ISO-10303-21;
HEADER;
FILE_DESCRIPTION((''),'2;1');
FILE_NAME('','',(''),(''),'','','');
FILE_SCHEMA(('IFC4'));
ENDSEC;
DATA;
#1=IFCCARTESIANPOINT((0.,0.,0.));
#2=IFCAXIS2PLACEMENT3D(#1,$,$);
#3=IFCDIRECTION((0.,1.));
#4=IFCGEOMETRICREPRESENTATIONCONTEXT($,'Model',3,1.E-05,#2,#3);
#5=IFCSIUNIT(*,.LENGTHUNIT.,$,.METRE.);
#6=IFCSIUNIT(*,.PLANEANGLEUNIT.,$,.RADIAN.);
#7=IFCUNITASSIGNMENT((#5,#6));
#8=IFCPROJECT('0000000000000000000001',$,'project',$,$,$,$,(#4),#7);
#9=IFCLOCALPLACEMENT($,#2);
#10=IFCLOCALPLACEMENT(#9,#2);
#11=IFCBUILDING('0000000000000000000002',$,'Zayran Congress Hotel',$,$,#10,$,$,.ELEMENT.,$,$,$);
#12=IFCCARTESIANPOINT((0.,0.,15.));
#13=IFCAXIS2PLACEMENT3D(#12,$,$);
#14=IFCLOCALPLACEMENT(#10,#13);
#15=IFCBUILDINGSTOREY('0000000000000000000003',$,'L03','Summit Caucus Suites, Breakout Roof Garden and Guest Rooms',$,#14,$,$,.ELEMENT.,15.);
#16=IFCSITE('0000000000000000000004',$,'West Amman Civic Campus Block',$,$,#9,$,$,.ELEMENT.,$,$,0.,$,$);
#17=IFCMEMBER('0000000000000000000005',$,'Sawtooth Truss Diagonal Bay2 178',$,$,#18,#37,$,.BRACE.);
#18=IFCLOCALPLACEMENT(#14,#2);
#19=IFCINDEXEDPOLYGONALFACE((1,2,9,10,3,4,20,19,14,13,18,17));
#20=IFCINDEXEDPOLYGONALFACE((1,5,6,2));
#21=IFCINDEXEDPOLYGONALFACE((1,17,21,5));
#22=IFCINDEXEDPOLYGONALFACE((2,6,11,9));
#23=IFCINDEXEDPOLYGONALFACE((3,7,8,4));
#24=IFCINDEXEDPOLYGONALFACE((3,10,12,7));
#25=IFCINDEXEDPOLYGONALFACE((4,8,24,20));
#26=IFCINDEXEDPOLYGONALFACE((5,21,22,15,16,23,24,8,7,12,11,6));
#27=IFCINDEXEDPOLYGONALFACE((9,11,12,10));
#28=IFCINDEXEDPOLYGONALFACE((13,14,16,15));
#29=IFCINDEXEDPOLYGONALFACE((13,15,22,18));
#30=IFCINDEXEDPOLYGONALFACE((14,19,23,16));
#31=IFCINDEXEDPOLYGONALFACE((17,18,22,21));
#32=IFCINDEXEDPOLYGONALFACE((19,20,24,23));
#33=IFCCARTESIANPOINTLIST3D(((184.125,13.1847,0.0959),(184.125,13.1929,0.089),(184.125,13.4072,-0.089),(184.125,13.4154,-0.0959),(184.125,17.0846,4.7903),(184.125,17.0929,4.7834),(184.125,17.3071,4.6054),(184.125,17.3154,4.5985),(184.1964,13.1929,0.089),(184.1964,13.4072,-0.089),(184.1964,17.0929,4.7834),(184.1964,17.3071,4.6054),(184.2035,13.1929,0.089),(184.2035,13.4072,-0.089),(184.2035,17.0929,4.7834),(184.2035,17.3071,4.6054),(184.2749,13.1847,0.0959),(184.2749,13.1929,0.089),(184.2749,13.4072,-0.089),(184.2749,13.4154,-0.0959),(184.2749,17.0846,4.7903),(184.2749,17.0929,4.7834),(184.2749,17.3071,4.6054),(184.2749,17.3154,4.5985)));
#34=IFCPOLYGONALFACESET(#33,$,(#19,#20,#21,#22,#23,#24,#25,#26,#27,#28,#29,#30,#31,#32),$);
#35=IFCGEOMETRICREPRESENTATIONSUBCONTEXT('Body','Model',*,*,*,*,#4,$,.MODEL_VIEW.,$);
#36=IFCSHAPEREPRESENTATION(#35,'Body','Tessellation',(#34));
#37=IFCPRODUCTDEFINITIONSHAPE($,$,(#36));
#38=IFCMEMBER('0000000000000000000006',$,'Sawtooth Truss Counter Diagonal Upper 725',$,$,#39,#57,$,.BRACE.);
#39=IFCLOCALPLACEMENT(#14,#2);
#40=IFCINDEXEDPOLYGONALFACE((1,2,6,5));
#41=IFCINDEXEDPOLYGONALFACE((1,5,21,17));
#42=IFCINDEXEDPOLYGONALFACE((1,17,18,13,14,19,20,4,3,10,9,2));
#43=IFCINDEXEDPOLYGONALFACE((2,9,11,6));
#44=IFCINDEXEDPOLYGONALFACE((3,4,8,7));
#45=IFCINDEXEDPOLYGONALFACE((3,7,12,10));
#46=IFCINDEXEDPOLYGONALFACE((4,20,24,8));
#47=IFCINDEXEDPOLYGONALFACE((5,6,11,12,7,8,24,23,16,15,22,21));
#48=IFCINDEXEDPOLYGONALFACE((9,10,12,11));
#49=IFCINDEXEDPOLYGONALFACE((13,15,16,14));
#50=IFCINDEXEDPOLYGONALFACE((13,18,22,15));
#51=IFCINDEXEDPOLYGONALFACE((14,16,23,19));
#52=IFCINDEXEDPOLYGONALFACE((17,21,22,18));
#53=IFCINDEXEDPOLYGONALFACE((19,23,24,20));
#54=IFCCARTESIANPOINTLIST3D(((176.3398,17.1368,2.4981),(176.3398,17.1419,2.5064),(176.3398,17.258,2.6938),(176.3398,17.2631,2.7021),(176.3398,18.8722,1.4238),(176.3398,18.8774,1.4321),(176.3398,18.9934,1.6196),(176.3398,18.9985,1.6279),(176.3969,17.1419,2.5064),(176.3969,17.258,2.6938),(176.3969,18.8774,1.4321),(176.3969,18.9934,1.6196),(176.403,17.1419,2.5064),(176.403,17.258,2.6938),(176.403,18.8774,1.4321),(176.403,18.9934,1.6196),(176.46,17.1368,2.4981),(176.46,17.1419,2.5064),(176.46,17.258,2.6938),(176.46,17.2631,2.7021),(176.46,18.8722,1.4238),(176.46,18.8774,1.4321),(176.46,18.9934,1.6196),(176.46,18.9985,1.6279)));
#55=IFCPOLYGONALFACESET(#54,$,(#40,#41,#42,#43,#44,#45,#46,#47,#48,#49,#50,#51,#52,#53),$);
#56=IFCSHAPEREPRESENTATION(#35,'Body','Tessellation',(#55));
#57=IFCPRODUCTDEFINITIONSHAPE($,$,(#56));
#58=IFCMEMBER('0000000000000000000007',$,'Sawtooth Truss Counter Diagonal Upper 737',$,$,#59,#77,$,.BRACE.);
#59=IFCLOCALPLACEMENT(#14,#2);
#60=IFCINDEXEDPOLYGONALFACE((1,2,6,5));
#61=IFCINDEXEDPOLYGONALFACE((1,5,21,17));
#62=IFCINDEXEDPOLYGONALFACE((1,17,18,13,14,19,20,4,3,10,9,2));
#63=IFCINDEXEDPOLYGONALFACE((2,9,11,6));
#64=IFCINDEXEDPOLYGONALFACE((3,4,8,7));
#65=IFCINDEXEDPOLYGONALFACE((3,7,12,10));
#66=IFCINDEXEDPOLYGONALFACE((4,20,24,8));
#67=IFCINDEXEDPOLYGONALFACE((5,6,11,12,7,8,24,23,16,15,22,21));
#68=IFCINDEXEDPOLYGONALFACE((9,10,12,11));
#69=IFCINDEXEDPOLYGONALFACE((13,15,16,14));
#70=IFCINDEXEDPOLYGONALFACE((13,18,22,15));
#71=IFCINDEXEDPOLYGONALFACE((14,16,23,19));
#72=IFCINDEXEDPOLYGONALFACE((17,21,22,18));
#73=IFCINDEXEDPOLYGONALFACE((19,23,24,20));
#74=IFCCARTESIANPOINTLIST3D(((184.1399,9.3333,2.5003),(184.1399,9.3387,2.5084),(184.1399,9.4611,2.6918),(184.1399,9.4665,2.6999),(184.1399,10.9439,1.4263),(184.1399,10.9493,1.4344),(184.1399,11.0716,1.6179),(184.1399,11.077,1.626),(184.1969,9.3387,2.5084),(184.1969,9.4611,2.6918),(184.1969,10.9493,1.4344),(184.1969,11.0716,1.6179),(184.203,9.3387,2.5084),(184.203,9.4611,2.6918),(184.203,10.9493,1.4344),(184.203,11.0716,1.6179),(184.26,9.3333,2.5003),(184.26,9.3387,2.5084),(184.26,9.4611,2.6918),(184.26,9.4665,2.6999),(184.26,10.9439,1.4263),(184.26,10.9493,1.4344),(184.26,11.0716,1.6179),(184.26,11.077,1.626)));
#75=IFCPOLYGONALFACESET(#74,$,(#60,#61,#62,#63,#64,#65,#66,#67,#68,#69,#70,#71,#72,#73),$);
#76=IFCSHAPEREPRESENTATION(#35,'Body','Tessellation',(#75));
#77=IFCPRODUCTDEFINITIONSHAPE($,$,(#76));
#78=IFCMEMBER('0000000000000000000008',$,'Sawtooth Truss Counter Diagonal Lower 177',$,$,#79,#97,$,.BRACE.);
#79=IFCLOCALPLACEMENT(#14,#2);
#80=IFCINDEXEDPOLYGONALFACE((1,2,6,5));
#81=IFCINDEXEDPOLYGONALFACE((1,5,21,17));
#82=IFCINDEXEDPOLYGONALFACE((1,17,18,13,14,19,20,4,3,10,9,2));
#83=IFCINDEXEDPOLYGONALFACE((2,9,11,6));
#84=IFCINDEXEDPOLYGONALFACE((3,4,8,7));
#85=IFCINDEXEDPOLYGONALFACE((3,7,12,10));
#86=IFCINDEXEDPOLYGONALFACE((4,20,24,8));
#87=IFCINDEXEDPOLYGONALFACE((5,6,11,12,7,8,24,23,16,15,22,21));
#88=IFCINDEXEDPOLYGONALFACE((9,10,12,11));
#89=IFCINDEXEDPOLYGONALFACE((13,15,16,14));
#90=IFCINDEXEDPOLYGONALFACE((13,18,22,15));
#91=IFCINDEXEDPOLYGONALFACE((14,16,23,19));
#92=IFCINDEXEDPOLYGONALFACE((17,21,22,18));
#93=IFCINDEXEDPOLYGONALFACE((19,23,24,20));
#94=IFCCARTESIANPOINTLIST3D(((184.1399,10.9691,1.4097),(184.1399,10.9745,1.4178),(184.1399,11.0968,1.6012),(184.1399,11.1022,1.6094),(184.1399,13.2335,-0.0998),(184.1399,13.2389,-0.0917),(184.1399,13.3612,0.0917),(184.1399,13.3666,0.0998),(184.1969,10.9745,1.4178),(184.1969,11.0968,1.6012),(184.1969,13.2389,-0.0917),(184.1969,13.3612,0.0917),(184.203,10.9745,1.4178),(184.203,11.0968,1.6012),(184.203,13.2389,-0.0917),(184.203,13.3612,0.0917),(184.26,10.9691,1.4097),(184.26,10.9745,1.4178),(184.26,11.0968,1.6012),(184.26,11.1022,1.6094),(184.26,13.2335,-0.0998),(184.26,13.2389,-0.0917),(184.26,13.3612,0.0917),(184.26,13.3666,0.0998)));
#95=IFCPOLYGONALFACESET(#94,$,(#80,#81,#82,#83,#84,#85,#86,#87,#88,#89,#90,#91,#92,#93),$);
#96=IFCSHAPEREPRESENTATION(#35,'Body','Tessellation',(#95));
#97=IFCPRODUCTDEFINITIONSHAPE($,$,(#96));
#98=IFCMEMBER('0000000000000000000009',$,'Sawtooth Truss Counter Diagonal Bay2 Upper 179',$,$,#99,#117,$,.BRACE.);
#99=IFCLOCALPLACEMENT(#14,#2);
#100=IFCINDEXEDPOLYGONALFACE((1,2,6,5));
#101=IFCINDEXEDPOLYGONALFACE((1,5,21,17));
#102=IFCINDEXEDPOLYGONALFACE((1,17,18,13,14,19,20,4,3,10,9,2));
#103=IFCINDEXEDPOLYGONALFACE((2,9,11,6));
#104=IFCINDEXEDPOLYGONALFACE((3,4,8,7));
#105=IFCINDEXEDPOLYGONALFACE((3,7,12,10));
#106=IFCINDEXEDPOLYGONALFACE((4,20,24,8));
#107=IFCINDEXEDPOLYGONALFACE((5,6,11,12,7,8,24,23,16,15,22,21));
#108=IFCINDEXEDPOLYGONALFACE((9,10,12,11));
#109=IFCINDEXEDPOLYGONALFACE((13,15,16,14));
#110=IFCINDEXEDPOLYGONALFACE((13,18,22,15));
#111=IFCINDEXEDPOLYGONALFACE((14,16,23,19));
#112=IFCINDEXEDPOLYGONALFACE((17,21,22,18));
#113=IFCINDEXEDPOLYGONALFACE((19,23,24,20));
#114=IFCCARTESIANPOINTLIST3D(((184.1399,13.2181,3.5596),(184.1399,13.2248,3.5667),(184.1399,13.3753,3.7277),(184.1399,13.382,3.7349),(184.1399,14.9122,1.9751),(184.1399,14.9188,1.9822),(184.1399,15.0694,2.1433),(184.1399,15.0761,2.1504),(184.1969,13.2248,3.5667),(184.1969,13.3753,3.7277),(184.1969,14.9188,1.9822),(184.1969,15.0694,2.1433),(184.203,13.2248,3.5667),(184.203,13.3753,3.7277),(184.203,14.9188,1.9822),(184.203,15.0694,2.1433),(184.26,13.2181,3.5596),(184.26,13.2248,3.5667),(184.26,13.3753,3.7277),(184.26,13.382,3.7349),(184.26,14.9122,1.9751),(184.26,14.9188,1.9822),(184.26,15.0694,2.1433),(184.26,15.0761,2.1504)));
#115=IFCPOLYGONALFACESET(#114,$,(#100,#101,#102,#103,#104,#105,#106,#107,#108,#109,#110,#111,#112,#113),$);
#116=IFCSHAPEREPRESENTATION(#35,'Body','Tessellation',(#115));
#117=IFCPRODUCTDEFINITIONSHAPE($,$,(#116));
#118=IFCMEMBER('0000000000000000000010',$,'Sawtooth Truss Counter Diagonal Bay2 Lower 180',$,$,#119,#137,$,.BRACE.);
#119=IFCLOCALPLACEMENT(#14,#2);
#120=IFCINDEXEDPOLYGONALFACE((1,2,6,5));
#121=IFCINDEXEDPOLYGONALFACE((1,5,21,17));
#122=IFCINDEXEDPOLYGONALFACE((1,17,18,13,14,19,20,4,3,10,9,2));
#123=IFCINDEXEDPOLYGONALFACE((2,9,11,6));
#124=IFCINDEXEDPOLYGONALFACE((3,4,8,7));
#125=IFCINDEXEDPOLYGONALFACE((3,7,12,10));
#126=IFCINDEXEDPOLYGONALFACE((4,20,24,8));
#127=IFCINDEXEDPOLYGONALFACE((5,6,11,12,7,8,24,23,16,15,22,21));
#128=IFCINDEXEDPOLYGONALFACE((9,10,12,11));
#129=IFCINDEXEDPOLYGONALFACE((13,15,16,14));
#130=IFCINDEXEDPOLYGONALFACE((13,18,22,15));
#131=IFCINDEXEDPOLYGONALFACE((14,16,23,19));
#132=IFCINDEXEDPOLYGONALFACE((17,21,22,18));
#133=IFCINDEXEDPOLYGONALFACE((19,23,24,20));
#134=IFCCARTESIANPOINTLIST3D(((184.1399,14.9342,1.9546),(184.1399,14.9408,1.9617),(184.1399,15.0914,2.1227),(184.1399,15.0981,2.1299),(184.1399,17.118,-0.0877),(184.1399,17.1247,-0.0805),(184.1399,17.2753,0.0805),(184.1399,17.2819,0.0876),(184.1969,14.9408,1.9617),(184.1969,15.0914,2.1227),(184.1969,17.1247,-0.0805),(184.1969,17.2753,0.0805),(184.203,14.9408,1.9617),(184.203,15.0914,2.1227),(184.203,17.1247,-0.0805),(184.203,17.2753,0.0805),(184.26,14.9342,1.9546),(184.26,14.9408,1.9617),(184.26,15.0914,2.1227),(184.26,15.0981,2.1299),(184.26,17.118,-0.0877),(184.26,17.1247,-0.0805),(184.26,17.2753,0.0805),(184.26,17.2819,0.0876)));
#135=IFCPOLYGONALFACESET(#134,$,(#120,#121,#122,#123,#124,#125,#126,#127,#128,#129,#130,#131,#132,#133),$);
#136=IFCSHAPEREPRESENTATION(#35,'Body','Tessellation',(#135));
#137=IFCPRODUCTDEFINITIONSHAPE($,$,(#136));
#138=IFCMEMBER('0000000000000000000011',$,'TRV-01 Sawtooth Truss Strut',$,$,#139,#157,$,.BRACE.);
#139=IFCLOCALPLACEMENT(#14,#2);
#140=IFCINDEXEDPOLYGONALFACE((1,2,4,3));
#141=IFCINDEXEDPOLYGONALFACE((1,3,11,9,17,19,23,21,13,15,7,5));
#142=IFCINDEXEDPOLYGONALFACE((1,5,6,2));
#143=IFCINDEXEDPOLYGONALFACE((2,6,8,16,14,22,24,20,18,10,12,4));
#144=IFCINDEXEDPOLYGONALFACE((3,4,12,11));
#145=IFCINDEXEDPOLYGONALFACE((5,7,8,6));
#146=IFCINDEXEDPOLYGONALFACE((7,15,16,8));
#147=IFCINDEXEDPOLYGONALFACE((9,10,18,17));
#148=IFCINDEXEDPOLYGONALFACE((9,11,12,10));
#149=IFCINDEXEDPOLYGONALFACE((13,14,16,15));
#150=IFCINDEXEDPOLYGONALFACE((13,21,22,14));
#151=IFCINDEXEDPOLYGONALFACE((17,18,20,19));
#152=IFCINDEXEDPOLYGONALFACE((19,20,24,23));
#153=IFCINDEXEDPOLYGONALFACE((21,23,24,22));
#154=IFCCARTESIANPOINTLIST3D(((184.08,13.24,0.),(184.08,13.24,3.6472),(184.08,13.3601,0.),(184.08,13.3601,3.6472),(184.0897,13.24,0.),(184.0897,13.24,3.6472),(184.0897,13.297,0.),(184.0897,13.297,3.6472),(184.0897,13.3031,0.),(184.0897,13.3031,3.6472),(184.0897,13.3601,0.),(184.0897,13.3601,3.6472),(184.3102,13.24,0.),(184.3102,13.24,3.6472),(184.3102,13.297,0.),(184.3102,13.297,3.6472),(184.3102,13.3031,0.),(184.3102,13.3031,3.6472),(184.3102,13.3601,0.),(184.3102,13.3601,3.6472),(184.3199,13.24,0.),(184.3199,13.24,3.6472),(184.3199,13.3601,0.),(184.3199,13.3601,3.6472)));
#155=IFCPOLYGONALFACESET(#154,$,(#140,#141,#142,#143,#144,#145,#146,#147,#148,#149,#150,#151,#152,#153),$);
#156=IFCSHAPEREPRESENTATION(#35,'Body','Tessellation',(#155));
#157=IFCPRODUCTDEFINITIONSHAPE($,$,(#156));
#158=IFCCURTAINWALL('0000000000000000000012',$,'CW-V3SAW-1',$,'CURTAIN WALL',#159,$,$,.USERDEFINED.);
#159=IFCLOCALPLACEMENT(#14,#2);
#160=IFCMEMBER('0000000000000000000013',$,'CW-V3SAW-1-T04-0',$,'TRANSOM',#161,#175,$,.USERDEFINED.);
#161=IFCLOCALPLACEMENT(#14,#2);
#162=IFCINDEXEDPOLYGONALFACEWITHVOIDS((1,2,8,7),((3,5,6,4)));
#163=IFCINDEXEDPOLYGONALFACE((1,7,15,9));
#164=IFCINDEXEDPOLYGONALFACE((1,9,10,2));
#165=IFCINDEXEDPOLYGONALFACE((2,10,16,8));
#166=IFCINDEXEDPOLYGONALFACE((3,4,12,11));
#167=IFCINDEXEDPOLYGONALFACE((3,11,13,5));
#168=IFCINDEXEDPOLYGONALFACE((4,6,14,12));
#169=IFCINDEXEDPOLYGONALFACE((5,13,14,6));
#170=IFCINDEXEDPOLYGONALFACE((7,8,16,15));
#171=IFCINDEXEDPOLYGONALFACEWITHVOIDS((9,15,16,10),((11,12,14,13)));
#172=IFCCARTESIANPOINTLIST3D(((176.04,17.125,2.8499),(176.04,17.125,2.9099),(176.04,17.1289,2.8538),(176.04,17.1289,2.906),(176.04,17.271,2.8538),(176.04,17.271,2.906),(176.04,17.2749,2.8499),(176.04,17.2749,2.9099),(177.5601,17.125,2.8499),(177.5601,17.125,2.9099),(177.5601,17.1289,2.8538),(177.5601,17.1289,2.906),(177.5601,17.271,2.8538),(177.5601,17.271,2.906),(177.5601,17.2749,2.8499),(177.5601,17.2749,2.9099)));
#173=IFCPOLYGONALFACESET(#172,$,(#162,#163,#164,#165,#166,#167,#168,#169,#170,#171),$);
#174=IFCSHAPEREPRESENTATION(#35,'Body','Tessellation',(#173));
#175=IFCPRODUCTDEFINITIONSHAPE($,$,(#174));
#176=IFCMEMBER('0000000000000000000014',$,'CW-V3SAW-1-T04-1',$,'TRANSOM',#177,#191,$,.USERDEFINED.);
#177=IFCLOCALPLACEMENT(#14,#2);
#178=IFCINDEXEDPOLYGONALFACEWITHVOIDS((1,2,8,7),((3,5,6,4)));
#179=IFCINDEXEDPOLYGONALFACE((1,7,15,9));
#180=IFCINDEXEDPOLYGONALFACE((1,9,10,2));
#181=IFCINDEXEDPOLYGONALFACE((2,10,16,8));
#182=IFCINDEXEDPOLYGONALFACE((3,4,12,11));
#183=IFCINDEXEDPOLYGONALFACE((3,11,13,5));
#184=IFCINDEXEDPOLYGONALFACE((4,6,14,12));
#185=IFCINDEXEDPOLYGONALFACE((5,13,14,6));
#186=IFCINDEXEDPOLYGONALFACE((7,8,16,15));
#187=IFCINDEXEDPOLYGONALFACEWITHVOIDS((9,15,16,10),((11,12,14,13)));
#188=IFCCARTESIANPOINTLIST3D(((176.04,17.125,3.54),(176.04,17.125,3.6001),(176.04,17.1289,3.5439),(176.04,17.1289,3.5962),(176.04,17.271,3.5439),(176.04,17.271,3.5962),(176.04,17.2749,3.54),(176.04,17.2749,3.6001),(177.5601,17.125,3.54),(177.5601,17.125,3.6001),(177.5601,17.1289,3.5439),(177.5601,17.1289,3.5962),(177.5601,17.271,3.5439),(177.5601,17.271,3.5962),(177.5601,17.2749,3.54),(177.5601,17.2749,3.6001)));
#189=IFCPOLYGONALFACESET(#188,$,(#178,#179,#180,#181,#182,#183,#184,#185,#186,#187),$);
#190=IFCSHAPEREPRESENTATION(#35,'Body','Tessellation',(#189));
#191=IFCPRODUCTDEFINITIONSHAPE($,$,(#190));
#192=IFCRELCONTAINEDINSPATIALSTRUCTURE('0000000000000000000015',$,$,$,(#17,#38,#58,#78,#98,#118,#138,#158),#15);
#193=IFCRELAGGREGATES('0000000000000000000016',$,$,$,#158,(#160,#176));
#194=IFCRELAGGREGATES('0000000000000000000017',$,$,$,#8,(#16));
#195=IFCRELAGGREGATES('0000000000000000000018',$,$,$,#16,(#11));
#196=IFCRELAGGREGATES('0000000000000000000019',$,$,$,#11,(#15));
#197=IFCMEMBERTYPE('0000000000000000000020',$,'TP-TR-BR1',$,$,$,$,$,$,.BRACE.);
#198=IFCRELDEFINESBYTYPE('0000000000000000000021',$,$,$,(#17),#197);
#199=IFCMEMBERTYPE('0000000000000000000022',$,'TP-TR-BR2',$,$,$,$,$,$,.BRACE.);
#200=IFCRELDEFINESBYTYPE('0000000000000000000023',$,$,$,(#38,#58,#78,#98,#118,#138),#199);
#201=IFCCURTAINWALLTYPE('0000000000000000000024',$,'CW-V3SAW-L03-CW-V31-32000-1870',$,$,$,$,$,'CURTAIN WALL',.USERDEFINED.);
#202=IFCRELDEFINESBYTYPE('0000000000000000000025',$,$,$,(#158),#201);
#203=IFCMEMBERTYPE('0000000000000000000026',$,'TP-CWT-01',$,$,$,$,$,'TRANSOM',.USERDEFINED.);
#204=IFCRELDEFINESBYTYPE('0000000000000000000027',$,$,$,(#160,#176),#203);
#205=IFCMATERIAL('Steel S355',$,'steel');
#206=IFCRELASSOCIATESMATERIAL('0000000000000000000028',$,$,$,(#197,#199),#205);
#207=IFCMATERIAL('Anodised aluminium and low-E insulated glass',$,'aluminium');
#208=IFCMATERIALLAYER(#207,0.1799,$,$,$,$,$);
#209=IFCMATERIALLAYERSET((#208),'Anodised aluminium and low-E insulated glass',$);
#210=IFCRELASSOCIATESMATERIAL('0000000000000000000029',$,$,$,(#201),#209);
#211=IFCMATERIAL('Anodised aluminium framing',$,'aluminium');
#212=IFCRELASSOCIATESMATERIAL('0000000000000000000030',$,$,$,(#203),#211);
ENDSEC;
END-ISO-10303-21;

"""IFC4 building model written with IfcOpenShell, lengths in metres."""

from ifc_helpers import new_model, si_unit, direction, frame, origin, origin_2d, place, context, subcontext, project, spatial, hollow_rectangle, i_section, extrude, material, layer, layer_set, material_profile, profile_set, type_object, element, aggregate, save


model = new_model("IFC4")

# Units and contexts
model_context = context("Model", 3, precision=1e-05, world=origin(), true_north=direction((0.0, 1.0)))
body_context = subcontext(model_context, "Body", "Model", "MODEL_VIEW")
ifc_project = project(units=[si_unit("LENGTHUNIT", "METRE"), si_unit("PLANEANGLEUNIT", "RADIAN")], contexts=[model_context])

# Site, building, storey
site_placement = place(None, origin())
site = spatial("IfcSite", under=ifc_project, at=site_placement, Name="West Amman Civic Campus Block", CompositionType="ELEMENT", RefElevation=0.0)
building_placement = place(site_placement, origin())
building = spatial("IfcBuilding", under=site, at=building_placement, Name="Zayran Congress Hotel", CompositionType="ELEMENT")
storey_placement = place(building_placement, frame((0.0, 0.0, 15.0)))
storey = spatial("IfcBuildingStorey", under=building, at=storey_placement, Name="L03", Description="Summit Caucus Suites, Breakout Roof Garden and Guest Rooms", CompositionType="ELEMENT", Elevation=15.0)

# Shared definitions
ifc_material_1 = material(Name="Steel S355", Category="steel")

# Members
ifc_material_profile_1 = material_profile(ifc_material_1, i_section(OverallWidth=0.1499, OverallDepth=0.3, WebThickness=0.0071, FlangeThickness=0.0107, at=origin_2d()), Name="IPE 300")
ifc_profile_set_1 = profile_set([ifc_material_profile_1], Name="Steel S355")
member_type_1 = type_object("IfcMemberType", Name="TP-TR-BR1", PredefinedType="BRACE", material=ifc_profile_set_1)
member_1_placement = place(storey_placement, frame((184.2, 13.3, 0.0), z_axis=(0.0, 0.639019, 0.769191), x_axis=(-1.0, 0.0, 0.0)))
element("IfcMember", 1, at=member_1_placement, inside=storey, type_object=member_type_1, Name="Sawtooth Truss Diagonal Bay2 178", PredefinedType="BRACE", context=body_context, shape_type="SweptSolid", body=[
    extrude(i_section(OverallWidth=0.1499, OverallDepth=0.3, WebThickness=0.0071, FlangeThickness=0.0107, at=origin_2d()), origin(), (0.0, 0.0, 1.0), 6.103),
])
ifc_material_profile_2 = material_profile(ifc_material_1, i_section(OverallWidth=0.1201, OverallDepth=0.24, WebThickness=0.0061, FlangeThickness=0.0098, at=origin_2d()), Name="IPE 240")
ifc_profile_set_2 = profile_set([ifc_material_profile_2], Name="Steel S355")
member_type_2 = type_object("IfcMemberType", Name="TP-TR-BR2", PredefinedType="BRACE", material=ifc_profile_set_2)
member_2_placement = place(storey_placement, frame((176.3999, 17.2, 2.6001), z_axis=(0.0, 0.850275, -0.526338), x_axis=(-1.0, 0.0, 0.0)))
element("IfcMember", 2, at=member_2_placement, inside=storey, type_object=member_type_2, Name="Sawtooth Truss Counter Diagonal Upper 725", PredefinedType="BRACE", context=body_context, shape_type="SweptSolid", body=[
    extrude(i_section(OverallWidth=0.1201, OverallDepth=0.24, WebThickness=0.0061, FlangeThickness=0.0098, at=origin_2d()), origin(), (0.0, 0.0, 1.0), 2.041),
])
member_3_placement = place(storey_placement, frame((184.2, 9.3999, 2.6001), z_axis=(0.0, 0.831992, -0.554788), x_axis=(-1.0, 0.0, 0.0)))
element("IfcMember", 3, at=member_3_placement, inside=storey, type_object=member_type_2, Name="Sawtooth Truss Counter Diagonal Upper 737", PredefinedType="BRACE", context=body_context, shape_type="SweptSolid", body=[
    extrude(i_section(OverallWidth=0.1201, OverallDepth=0.24, WebThickness=0.0061, FlangeThickness=0.0098, at=origin_2d()), origin(), (0.0, 0.0, 1.0), 1.9358),
])
member_4_placement = place(storey_placement, frame((184.2, 11.0356, 1.5095), z_axis=(0.0, 0.832064, -0.554679), x_axis=(-1.0, 0.0, 0.0)))
element("IfcMember", 4, at=member_4_placement, inside=storey, type_object=member_type_2, Name="Sawtooth Truss Counter Diagonal Lower 177", PredefinedType="BRACE", context=body_context, shape_type="SweptSolid", body=[
    extrude(i_section(OverallWidth=0.1201, OverallDepth=0.24, WebThickness=0.0061, FlangeThickness=0.0098, at=origin_2d()), origin(), (0.0, 0.0, 1.0), 2.7214),
])
member_5_placement = place(storey_placement, frame((184.2, 13.3, 3.6472), z_axis=(0.0, 0.730341, -0.683083), x_axis=(-1.0, 0.0, 0.0)))
element("IfcMember", 5, at=member_5_placement, inside=storey, type_object=member_type_2, Name="Sawtooth Truss Counter Diagonal Bay2 Upper 179", PredefinedType="BRACE", context=body_context, shape_type="SweptSolid", body=[
    extrude(i_section(OverallWidth=0.1201, OverallDepth=0.24, WebThickness=0.0061, FlangeThickness=0.0098, at=origin_2d()), origin(), (0.0, 0.0, 1.0), 2.3196),
])
member_6_placement = place(storey_placement, frame((184.2, 15.0161, 2.0422), z_axis=(0.0, 0.73039, -0.683031), x_axis=(-1.0, 0.0, 0.0)))
element("IfcMember", 6, at=member_6_placement, inside=storey, type_object=member_type_2, Name="Sawtooth Truss Counter Diagonal Bay2 Lower 180", PredefinedType="BRACE", context=body_context, shape_type="SweptSolid", body=[
    extrude(i_section(OverallWidth=0.1201, OverallDepth=0.24, WebThickness=0.0061, FlangeThickness=0.0098, at=origin_2d()), origin(), (0.0, 0.0, 1.0), 2.99),
])
member_7_placement = place(storey_placement, frame((184.2, 13.3, 0.0), z_axis=(0.0, 0.0, 1.0), x_axis=(0.0, 1.0, 0.0)))
element("IfcMember", 7, at=member_7_placement, inside=storey, type_object=member_type_2, Name="TRV-01 Sawtooth Truss Strut", PredefinedType="BRACE", context=body_context, shape_type="SweptSolid", body=[
    extrude(i_section(OverallWidth=0.1201, OverallDepth=0.24, WebThickness=0.0061, FlangeThickness=0.0098, at=origin_2d()), origin(), (0.0, 0.0, 1.0), 3.6472),
])

# Curtain wall, members
ifc_material_2 = material(Name="Anodised aluminium and low-E insulated glass", Category="aluminium")
ifc_layer_1 = layer(ifc_material_2, 0.1799)
ifc_layer_set_1 = layer_set([ifc_layer_1], Name="Anodised aluminium and low-E insulated glass")
curtain_wall_type = type_object("IfcCurtainWallType", Name="CW-V3SAW-L03-CW-V31-32000-1870", ElementType="CURTAIN WALL", PredefinedType="USERDEFINED", material=ifc_layer_set_1)
curtain_wall_placement = place(storey_placement, origin())
curtain_wall = element("IfcCurtainWall", 8, at=curtain_wall_placement, inside=storey, type_object=curtain_wall_type, Name="CW-V3SAW-1", ObjectType="CURTAIN WALL", PredefinedType="USERDEFINED")
ifc_material_3 = material(Name="Anodised aluminium framing", Category="aluminium")
ifc_material_profile_3 = material_profile(ifc_material_3, hollow_rectangle(XDim=0.0601, YDim=0.1499, WallThickness=0.0039, at=origin_2d()), Name="RHS 150x60x4")
ifc_profile_set_3 = profile_set([ifc_material_profile_3], Name="Anodised aluminium framing")
member_type_3 = type_object("IfcMemberType", Name="TP-CWT-01", ElementType="TRANSOM", PredefinedType="USERDEFINED", material=ifc_profile_set_3)
member_8_placement = place(storey_placement, frame((177.5601, 17.2, 2.8799), z_axis=(-1.0, 0.0, 0.0), x_axis=(0.0, 0.0, 1.0)))
member_8 = element("IfcMember", 9, at=member_8_placement, type_object=member_type_3, Name="CW-V3SAW-1-T04-0", ObjectType="TRANSOM", PredefinedType="USERDEFINED", context=body_context, shape_type="SweptSolid", body=[
    extrude(hollow_rectangle(XDim=0.0601, YDim=0.1499, WallThickness=0.0039, at=origin_2d()), origin(), (0.0, 0.0, 1.0), 1.52),
])
member_9_placement = place(storey_placement, frame((177.5601, 17.2, 3.5701), z_axis=(-1.0, 0.0, 0.0), x_axis=(0.0, 0.0, 1.0)))
member_9 = element("IfcMember", 10, at=member_9_placement, type_object=member_type_3, Name="CW-V3SAW-1-T04-1", ObjectType="TRANSOM", PredefinedType="USERDEFINED", context=body_context, shape_type="SweptSolid", body=[
    extrude(hollow_rectangle(XDim=0.0601, YDim=0.1499, WallThickness=0.0039, at=origin_2d()), origin(), (0.0, 0.0, 1.0), 1.52),
])

aggregate(curtain_wall, [member_8, member_9])

save(model, "model.ifc")
